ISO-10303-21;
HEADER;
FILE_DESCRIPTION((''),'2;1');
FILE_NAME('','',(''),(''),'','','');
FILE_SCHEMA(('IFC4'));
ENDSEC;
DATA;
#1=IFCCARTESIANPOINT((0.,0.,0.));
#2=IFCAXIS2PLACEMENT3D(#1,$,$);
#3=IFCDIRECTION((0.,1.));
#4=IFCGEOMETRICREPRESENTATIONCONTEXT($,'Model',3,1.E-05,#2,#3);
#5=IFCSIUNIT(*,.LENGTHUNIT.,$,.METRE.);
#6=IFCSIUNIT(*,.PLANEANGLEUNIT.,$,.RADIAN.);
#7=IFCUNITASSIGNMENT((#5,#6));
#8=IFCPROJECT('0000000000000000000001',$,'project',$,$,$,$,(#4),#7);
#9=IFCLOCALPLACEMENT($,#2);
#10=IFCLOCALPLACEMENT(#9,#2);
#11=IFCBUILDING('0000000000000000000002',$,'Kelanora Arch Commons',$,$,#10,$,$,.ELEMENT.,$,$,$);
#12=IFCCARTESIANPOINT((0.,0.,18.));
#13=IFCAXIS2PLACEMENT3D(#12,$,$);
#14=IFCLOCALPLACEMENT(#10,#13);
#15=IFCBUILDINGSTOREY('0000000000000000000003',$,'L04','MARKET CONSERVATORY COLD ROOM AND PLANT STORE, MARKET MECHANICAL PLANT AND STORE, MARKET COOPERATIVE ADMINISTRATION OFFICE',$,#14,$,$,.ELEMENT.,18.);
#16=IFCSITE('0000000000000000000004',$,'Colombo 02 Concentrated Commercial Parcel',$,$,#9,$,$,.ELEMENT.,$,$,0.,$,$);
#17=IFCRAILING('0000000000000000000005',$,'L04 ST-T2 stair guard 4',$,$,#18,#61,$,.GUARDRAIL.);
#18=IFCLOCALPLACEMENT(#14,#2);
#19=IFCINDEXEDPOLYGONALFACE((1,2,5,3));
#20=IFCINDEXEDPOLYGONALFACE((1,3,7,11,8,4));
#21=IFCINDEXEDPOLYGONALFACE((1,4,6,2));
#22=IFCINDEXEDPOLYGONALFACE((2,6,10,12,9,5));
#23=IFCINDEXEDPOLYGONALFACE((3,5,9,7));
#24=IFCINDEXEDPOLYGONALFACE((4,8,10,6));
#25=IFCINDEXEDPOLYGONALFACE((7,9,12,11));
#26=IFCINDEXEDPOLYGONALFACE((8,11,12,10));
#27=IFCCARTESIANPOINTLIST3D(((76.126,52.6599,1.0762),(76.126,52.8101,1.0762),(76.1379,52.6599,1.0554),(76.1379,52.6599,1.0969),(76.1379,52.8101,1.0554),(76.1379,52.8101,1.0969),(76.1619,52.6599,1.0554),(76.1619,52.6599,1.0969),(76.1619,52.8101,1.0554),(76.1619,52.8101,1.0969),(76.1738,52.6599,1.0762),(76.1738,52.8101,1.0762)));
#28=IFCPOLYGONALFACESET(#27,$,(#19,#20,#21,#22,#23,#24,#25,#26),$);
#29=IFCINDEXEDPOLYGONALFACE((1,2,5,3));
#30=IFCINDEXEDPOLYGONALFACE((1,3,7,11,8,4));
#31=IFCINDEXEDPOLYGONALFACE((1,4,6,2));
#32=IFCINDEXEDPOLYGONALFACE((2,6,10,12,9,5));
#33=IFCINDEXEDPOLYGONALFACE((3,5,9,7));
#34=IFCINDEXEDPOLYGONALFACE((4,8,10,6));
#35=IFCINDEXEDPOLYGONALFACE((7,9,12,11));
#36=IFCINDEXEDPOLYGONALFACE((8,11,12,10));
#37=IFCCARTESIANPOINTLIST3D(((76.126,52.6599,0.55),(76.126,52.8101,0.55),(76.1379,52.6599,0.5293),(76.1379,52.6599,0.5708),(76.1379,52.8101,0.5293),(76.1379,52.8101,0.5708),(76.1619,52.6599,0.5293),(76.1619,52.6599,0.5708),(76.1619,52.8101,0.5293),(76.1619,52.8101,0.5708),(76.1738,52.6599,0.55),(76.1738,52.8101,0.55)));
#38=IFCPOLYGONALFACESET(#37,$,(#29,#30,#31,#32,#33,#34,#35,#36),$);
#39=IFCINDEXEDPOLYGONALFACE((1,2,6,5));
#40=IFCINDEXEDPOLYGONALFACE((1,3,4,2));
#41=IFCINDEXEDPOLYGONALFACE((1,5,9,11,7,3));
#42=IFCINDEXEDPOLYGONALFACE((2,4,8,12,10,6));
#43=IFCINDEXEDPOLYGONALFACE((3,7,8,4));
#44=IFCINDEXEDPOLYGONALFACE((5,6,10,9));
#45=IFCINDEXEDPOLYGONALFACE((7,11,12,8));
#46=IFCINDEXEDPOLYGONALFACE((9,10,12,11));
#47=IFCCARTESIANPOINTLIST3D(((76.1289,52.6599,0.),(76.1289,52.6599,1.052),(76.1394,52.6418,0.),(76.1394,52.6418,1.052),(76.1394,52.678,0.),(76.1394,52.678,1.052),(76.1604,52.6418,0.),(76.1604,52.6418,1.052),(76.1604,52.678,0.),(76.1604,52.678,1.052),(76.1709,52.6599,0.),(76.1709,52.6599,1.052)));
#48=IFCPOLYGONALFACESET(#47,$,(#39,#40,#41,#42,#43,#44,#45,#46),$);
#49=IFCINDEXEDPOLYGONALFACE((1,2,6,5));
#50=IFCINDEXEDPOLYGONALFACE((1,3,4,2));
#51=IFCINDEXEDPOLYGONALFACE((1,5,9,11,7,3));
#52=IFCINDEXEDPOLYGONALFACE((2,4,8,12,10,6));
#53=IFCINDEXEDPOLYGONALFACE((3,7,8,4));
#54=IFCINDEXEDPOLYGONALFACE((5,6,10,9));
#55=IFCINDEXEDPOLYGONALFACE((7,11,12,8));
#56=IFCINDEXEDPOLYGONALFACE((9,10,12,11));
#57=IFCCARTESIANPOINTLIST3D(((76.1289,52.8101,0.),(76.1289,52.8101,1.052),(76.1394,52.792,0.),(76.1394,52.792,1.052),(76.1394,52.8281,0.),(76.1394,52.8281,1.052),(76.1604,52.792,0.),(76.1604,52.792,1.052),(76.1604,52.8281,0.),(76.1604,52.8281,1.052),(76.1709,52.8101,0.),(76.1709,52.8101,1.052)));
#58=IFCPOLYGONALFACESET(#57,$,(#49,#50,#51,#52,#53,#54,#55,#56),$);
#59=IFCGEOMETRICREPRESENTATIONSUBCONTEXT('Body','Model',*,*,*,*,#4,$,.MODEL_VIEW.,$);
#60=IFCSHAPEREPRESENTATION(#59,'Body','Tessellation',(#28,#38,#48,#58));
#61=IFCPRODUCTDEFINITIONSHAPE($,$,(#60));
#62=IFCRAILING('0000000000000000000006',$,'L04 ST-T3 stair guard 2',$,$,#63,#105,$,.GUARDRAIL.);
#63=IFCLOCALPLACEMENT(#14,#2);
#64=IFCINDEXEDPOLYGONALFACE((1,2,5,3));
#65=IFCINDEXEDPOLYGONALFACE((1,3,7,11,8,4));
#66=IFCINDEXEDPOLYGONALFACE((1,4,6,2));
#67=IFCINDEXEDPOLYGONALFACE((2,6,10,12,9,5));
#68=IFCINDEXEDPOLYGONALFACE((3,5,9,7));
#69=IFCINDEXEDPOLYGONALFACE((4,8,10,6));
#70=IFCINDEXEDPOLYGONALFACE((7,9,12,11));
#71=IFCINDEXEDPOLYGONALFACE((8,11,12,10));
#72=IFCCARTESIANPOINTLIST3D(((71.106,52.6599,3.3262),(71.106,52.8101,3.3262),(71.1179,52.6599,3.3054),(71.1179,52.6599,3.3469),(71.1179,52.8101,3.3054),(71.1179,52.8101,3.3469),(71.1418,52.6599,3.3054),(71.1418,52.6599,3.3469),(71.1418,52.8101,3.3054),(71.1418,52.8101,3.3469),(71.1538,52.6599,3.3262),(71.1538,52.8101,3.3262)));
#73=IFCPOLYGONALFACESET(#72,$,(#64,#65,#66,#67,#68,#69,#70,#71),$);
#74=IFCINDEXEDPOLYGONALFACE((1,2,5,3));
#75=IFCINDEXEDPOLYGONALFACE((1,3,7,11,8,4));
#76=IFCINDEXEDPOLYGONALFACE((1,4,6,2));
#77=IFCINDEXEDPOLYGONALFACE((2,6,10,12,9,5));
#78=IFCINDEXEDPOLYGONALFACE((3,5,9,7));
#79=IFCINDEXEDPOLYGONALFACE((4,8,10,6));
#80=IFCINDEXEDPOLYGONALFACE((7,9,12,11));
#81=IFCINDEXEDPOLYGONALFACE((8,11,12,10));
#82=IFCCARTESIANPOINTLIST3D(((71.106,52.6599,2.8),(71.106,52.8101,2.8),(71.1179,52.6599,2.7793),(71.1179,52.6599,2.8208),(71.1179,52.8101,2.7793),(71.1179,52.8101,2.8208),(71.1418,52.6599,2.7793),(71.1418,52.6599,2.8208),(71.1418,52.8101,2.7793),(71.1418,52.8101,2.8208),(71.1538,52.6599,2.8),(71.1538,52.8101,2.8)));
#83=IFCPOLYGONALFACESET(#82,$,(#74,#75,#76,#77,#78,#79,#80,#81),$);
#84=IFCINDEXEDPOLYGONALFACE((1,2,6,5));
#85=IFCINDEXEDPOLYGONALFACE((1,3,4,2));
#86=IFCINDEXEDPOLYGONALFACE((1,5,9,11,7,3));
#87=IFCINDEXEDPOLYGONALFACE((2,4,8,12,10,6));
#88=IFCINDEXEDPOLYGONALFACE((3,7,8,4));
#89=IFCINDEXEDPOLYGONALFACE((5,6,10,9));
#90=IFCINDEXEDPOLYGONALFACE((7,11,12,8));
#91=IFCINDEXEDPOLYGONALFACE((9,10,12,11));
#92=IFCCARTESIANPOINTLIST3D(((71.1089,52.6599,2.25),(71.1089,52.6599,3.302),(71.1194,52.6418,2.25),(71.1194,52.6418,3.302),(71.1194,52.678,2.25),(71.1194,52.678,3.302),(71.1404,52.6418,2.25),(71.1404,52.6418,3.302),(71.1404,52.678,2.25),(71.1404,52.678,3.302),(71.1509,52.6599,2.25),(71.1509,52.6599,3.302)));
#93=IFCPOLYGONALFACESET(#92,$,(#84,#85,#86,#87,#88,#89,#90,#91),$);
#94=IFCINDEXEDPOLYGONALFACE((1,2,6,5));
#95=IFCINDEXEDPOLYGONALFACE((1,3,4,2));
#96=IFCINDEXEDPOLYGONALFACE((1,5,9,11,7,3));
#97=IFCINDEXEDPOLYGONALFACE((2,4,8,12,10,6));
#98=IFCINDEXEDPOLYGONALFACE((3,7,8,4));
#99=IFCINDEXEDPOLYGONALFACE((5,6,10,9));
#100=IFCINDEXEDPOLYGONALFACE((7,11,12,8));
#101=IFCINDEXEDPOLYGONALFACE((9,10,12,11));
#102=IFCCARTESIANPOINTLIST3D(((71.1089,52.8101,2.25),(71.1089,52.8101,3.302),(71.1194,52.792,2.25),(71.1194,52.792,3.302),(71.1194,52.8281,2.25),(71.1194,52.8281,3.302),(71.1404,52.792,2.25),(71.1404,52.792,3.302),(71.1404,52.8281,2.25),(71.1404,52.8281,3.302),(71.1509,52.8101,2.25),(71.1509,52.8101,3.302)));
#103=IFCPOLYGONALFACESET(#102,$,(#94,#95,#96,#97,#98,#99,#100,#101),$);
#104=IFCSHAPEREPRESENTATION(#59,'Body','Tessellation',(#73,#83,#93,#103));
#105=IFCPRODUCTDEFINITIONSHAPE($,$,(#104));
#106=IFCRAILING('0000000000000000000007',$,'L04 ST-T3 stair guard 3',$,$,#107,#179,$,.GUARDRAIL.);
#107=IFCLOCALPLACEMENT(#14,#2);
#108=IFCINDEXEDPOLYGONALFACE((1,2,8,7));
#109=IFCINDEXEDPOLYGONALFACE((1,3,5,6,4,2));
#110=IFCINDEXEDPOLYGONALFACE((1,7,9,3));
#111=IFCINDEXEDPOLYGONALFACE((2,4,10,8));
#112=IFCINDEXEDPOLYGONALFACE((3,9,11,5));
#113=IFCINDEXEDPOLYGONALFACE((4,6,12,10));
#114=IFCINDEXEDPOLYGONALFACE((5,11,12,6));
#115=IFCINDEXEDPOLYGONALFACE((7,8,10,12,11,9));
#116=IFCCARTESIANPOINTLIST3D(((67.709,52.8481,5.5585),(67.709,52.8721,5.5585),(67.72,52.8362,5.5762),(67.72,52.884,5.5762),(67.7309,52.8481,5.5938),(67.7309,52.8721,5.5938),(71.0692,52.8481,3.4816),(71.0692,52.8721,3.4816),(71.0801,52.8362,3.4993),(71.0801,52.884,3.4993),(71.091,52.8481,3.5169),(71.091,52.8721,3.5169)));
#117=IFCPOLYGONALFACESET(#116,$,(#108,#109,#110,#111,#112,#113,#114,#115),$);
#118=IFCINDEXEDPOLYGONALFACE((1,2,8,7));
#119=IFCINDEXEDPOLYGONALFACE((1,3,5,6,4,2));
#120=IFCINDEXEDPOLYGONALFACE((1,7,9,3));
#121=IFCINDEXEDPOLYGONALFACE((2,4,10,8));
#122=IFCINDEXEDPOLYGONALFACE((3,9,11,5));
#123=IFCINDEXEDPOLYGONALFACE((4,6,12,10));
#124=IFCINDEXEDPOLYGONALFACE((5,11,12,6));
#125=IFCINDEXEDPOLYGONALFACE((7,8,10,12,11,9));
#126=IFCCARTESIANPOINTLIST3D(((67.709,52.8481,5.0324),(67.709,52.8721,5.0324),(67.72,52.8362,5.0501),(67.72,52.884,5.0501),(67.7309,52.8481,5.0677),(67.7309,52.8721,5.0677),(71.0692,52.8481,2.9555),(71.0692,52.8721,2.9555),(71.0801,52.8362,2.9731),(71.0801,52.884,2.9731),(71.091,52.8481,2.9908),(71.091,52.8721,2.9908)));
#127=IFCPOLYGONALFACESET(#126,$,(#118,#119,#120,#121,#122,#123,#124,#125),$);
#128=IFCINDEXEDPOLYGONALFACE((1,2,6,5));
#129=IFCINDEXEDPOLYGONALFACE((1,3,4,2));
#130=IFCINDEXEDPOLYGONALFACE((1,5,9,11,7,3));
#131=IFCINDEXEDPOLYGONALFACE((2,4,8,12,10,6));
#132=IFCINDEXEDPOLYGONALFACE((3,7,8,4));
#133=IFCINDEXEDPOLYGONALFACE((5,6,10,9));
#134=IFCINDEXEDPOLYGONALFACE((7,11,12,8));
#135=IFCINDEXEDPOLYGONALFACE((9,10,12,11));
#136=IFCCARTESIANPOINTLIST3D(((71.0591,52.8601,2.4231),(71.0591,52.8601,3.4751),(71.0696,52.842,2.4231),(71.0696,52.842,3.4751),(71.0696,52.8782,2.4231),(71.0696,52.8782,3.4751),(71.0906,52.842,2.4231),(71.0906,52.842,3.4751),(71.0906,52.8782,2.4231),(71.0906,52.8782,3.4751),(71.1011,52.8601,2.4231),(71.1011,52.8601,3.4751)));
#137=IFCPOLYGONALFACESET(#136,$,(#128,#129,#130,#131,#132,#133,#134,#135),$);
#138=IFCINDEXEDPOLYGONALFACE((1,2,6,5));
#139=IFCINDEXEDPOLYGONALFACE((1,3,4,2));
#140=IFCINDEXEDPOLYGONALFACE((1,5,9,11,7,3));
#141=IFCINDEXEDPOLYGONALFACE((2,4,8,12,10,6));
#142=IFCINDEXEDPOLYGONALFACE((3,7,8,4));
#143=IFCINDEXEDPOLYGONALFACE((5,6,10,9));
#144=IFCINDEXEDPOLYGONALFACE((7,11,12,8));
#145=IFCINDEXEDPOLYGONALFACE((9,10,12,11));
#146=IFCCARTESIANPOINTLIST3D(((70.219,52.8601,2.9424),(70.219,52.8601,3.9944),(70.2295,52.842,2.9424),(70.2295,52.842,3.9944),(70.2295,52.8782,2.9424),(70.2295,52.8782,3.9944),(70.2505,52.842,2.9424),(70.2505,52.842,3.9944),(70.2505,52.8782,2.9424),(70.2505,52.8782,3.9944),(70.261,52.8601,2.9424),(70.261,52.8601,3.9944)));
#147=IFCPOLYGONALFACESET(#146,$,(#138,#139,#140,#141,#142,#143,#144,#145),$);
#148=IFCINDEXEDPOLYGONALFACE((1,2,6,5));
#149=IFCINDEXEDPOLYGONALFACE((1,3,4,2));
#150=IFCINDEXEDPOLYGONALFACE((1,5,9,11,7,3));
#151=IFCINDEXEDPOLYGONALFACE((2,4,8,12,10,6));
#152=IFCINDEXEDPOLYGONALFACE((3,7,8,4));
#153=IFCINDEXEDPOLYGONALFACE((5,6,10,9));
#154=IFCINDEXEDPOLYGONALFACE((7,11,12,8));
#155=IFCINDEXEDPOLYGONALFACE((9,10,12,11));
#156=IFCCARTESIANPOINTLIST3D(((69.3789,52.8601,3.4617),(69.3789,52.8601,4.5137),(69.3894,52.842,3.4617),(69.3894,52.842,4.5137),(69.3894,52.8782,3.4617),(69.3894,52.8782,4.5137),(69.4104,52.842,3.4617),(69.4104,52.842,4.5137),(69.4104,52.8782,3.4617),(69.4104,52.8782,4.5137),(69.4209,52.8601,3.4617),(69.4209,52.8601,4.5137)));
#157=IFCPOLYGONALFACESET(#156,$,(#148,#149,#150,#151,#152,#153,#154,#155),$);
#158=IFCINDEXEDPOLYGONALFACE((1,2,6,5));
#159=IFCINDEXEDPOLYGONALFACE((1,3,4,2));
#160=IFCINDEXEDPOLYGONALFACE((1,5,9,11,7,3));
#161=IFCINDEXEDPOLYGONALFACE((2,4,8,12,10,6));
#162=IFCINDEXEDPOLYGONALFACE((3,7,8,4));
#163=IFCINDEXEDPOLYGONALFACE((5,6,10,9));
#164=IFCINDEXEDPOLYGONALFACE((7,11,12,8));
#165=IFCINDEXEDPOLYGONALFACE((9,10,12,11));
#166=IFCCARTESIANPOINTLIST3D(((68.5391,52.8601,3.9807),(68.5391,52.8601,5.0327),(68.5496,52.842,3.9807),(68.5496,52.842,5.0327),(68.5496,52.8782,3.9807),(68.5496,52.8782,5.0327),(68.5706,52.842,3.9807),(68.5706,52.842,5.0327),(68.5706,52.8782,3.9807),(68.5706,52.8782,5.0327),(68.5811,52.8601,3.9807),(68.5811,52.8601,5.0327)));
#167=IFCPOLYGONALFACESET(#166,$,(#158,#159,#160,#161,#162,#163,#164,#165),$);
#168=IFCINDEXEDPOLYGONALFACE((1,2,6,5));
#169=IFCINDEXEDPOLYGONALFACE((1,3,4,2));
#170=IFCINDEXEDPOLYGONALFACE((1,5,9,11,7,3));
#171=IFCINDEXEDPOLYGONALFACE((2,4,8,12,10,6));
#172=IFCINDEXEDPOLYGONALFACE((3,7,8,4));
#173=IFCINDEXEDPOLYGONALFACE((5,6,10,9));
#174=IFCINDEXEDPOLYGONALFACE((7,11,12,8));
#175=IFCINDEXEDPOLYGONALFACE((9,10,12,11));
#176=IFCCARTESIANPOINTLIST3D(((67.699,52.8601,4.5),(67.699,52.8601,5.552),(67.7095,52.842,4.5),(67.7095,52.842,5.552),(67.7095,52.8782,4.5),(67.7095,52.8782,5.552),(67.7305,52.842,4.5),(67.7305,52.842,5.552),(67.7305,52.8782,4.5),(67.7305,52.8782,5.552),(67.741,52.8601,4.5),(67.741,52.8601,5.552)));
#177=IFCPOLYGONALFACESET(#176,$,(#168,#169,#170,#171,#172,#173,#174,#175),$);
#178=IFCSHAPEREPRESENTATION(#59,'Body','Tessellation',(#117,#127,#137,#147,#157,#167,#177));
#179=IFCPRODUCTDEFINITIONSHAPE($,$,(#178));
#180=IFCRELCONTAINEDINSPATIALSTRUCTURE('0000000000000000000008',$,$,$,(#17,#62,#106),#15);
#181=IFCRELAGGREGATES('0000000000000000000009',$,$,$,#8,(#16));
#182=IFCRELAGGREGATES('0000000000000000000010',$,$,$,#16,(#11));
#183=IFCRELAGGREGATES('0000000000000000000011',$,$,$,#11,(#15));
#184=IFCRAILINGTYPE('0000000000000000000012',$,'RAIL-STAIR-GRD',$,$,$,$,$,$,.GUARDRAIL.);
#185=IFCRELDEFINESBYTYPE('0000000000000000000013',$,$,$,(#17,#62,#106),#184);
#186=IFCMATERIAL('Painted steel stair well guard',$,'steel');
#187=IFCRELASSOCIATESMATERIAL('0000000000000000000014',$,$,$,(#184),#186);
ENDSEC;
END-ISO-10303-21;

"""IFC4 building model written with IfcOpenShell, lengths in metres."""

from ifc_helpers import new_model, si_unit, direction, frame, origin, place, context, subcontext, project, spatial, polyline, outline, extrude, material, type_object, element, save


model = new_model("IFC4")

# Units and contexts
model_context = context("Model", 3, precision=1e-05, world=origin(), true_north=direction((0.0, 1.0)))
body_context = subcontext(model_context, "Body", "Model", "MODEL_VIEW")
ifc_project = project(units=[si_unit("LENGTHUNIT", "METRE"), si_unit("PLANEANGLEUNIT", "RADIAN")], contexts=[model_context])

# Site, building, storey
site_placement = place(None, origin())
site = spatial("IfcSite", under=ifc_project, at=site_placement, Name="Colombo 02 Concentrated Commercial Parcel", CompositionType="ELEMENT", RefElevation=0.0)
building_placement = place(site_placement, origin())
building = spatial("IfcBuilding", under=site, at=building_placement, Name="Kelanora Arch Commons", CompositionType="ELEMENT")
storey_placement = place(building_placement, frame((0.0, 0.0, 18.0)))
storey = spatial("IfcBuildingStorey", under=building, at=storey_placement, Name="L04", Description="MARKET CONSERVATORY COLD ROOM AND PLANT STORE, MARKET MECHANICAL PLANT AND STORE, MARKET COOPERATIVE ADMINISTRATION OFFICE", CompositionType="ELEMENT", Elevation=18.0)

# Railings
ifc_material_1 = material(Name="Painted steel stair well guard", Category="steel")
railing_type_1 = type_object("IfcRailingType", Name="RAIL-STAIR-GRD", PredefinedType="GUARDRAIL", material=ifc_material_1)
for number, where, name in (
    (1, (76.1499, 52.6599, 0.0), "L04 ST-T2 stair guard 4"),
    (2, (71.1299, 52.6599, 2.25), "L04 ST-T3 stair guard 2"),
):
    element("IfcRailing", number, at=place(storey_placement, frame(where)), inside=storey, type_object=railing_type_1, Name=name, PredefinedType="GUARDRAIL", context=body_context, shape_type="SweptSolid", body=[
        extrude(outline(polyline([(0.0239, 0.0), (0.012, 0.0208), (-0.012, 0.0208), (-0.0239, 0.0), (-0.012, -0.0208), (0.012, -0.0208), (0.0239, 0.0)])), frame((0.0, 0.0, 1.0762), z_axis=(0.0, 1.0, 0.0), x_axis=(-1.0, 0.0, 0.0)), (0.0, 0.0, 1.0), 0.1501),
        extrude(outline(polyline([(0.0239, 0.0), (0.012, 0.0208), (-0.012, 0.0208), (-0.0239, 0.0), (-0.012, -0.0208), (0.012, -0.0208), (0.0239, 0.0)])), frame((0.0, 0.0, 0.55), z_axis=(0.0, 1.0, 0.0), x_axis=(-1.0, 0.0, 0.0)), (0.0, 0.0, 1.0), 0.1501),
        extrude(outline(polyline([(0.021, 0.0), (0.0105, 0.0181), (-0.0105, 0.0181), (-0.021, 0.0), (-0.0105, -0.0181), (0.0105, -0.0181), (0.021, 0.0)])), origin(), (0.0, 0.0, 1.0), 1.052),
        extrude(outline(polyline([(0.021, 0.0), (0.0105, 0.0181), (-0.0105, 0.0181), (-0.021, 0.0), (-0.0105, -0.0181), (0.0105, -0.0181), (0.021, 0.0)])), frame((0.0, 0.1501, 0.0)), (0.0, 0.0, 1.0), 1.052),
    ])
railing_1_placement = place(storey_placement, frame((71.0801, 52.8601, 2.4231)))
element("IfcRailing", 3, at=railing_1_placement, inside=storey, type_object=railing_type_1, Name="L04 ST-T3 stair guard 3", PredefinedType="GUARDRAIL", context=body_context, shape_type="SweptSolid", body=[
    extrude(outline(polyline([(0.0239, 0.0), (0.012, 0.0208), (-0.012, 0.0208), (-0.0239, 0.0), (-0.012, -0.0208), (0.012, -0.0208), (0.0239, 0.0)])), frame((0.0, 0.0, 1.0762), z_axis=(-0.850623, 0.0, 0.525776), x_axis=(0.0, -1.0, 0.0)), (0.0, 0.0, 1.0), 3.9502),
    extrude(outline(polyline([(0.0239, 0.0), (0.012, 0.0208), (-0.012, 0.0208), (-0.0239, 0.0), (-0.012, -0.0208), (0.012, -0.0208), (0.0239, 0.0)])), frame((0.0, 0.0, 0.55), z_axis=(-0.850623, 0.0, 0.525776), x_axis=(0.0, -1.0, 0.0)), (0.0, 0.0, 1.0), 3.9502),
    extrude(outline(polyline([(0.021, 0.0), (0.0105, 0.0181), (-0.0105, 0.0181), (-0.021, 0.0), (-0.0105, -0.0181), (0.0105, -0.0181), (0.021, 0.0)])), origin(), (0.0, 0.0, 1.0), 1.052),
    extrude(outline(polyline([(0.021, 0.0), (0.0105, 0.0181), (-0.0105, 0.0181), (-0.021, 0.0), (-0.0105, -0.0181), (0.0105, -0.0181), (0.021, 0.0)])), frame((-0.8401, 0.0, 0.5193)), (0.0, 0.0, 1.0), 1.052),
    extrude(outline(polyline([(0.021, 0.0), (0.0105, 0.0181), (-0.0105, 0.0181), (-0.021, 0.0), (-0.0105, -0.0181), (0.0105, -0.0181), (0.021, 0.0)])), frame((-1.6802, 0.0, 1.0386)), (0.0, 0.0, 1.0), 1.052),
    extrude(outline(polyline([(0.021, 0.0), (0.0105, 0.0181), (-0.0105, 0.0181), (-0.021, 0.0), (-0.0105, -0.0181), (0.0105, -0.0181), (0.021, 0.0)])), frame((-2.52, 0.0, 1.5576)), (0.0, 0.0, 1.0), 1.052),
    extrude(outline(polyline([(0.021, 0.0), (0.0105, 0.0181), (-0.0105, 0.0181), (-0.021, 0.0), (-0.0105, -0.0181), (0.0105, -0.0181), (0.021, 0.0)])), frame((-3.3601, 0.0, 2.0769)), (0.0, 0.0, 1.0), 1.052),
])

save(model, "model.ifc")
